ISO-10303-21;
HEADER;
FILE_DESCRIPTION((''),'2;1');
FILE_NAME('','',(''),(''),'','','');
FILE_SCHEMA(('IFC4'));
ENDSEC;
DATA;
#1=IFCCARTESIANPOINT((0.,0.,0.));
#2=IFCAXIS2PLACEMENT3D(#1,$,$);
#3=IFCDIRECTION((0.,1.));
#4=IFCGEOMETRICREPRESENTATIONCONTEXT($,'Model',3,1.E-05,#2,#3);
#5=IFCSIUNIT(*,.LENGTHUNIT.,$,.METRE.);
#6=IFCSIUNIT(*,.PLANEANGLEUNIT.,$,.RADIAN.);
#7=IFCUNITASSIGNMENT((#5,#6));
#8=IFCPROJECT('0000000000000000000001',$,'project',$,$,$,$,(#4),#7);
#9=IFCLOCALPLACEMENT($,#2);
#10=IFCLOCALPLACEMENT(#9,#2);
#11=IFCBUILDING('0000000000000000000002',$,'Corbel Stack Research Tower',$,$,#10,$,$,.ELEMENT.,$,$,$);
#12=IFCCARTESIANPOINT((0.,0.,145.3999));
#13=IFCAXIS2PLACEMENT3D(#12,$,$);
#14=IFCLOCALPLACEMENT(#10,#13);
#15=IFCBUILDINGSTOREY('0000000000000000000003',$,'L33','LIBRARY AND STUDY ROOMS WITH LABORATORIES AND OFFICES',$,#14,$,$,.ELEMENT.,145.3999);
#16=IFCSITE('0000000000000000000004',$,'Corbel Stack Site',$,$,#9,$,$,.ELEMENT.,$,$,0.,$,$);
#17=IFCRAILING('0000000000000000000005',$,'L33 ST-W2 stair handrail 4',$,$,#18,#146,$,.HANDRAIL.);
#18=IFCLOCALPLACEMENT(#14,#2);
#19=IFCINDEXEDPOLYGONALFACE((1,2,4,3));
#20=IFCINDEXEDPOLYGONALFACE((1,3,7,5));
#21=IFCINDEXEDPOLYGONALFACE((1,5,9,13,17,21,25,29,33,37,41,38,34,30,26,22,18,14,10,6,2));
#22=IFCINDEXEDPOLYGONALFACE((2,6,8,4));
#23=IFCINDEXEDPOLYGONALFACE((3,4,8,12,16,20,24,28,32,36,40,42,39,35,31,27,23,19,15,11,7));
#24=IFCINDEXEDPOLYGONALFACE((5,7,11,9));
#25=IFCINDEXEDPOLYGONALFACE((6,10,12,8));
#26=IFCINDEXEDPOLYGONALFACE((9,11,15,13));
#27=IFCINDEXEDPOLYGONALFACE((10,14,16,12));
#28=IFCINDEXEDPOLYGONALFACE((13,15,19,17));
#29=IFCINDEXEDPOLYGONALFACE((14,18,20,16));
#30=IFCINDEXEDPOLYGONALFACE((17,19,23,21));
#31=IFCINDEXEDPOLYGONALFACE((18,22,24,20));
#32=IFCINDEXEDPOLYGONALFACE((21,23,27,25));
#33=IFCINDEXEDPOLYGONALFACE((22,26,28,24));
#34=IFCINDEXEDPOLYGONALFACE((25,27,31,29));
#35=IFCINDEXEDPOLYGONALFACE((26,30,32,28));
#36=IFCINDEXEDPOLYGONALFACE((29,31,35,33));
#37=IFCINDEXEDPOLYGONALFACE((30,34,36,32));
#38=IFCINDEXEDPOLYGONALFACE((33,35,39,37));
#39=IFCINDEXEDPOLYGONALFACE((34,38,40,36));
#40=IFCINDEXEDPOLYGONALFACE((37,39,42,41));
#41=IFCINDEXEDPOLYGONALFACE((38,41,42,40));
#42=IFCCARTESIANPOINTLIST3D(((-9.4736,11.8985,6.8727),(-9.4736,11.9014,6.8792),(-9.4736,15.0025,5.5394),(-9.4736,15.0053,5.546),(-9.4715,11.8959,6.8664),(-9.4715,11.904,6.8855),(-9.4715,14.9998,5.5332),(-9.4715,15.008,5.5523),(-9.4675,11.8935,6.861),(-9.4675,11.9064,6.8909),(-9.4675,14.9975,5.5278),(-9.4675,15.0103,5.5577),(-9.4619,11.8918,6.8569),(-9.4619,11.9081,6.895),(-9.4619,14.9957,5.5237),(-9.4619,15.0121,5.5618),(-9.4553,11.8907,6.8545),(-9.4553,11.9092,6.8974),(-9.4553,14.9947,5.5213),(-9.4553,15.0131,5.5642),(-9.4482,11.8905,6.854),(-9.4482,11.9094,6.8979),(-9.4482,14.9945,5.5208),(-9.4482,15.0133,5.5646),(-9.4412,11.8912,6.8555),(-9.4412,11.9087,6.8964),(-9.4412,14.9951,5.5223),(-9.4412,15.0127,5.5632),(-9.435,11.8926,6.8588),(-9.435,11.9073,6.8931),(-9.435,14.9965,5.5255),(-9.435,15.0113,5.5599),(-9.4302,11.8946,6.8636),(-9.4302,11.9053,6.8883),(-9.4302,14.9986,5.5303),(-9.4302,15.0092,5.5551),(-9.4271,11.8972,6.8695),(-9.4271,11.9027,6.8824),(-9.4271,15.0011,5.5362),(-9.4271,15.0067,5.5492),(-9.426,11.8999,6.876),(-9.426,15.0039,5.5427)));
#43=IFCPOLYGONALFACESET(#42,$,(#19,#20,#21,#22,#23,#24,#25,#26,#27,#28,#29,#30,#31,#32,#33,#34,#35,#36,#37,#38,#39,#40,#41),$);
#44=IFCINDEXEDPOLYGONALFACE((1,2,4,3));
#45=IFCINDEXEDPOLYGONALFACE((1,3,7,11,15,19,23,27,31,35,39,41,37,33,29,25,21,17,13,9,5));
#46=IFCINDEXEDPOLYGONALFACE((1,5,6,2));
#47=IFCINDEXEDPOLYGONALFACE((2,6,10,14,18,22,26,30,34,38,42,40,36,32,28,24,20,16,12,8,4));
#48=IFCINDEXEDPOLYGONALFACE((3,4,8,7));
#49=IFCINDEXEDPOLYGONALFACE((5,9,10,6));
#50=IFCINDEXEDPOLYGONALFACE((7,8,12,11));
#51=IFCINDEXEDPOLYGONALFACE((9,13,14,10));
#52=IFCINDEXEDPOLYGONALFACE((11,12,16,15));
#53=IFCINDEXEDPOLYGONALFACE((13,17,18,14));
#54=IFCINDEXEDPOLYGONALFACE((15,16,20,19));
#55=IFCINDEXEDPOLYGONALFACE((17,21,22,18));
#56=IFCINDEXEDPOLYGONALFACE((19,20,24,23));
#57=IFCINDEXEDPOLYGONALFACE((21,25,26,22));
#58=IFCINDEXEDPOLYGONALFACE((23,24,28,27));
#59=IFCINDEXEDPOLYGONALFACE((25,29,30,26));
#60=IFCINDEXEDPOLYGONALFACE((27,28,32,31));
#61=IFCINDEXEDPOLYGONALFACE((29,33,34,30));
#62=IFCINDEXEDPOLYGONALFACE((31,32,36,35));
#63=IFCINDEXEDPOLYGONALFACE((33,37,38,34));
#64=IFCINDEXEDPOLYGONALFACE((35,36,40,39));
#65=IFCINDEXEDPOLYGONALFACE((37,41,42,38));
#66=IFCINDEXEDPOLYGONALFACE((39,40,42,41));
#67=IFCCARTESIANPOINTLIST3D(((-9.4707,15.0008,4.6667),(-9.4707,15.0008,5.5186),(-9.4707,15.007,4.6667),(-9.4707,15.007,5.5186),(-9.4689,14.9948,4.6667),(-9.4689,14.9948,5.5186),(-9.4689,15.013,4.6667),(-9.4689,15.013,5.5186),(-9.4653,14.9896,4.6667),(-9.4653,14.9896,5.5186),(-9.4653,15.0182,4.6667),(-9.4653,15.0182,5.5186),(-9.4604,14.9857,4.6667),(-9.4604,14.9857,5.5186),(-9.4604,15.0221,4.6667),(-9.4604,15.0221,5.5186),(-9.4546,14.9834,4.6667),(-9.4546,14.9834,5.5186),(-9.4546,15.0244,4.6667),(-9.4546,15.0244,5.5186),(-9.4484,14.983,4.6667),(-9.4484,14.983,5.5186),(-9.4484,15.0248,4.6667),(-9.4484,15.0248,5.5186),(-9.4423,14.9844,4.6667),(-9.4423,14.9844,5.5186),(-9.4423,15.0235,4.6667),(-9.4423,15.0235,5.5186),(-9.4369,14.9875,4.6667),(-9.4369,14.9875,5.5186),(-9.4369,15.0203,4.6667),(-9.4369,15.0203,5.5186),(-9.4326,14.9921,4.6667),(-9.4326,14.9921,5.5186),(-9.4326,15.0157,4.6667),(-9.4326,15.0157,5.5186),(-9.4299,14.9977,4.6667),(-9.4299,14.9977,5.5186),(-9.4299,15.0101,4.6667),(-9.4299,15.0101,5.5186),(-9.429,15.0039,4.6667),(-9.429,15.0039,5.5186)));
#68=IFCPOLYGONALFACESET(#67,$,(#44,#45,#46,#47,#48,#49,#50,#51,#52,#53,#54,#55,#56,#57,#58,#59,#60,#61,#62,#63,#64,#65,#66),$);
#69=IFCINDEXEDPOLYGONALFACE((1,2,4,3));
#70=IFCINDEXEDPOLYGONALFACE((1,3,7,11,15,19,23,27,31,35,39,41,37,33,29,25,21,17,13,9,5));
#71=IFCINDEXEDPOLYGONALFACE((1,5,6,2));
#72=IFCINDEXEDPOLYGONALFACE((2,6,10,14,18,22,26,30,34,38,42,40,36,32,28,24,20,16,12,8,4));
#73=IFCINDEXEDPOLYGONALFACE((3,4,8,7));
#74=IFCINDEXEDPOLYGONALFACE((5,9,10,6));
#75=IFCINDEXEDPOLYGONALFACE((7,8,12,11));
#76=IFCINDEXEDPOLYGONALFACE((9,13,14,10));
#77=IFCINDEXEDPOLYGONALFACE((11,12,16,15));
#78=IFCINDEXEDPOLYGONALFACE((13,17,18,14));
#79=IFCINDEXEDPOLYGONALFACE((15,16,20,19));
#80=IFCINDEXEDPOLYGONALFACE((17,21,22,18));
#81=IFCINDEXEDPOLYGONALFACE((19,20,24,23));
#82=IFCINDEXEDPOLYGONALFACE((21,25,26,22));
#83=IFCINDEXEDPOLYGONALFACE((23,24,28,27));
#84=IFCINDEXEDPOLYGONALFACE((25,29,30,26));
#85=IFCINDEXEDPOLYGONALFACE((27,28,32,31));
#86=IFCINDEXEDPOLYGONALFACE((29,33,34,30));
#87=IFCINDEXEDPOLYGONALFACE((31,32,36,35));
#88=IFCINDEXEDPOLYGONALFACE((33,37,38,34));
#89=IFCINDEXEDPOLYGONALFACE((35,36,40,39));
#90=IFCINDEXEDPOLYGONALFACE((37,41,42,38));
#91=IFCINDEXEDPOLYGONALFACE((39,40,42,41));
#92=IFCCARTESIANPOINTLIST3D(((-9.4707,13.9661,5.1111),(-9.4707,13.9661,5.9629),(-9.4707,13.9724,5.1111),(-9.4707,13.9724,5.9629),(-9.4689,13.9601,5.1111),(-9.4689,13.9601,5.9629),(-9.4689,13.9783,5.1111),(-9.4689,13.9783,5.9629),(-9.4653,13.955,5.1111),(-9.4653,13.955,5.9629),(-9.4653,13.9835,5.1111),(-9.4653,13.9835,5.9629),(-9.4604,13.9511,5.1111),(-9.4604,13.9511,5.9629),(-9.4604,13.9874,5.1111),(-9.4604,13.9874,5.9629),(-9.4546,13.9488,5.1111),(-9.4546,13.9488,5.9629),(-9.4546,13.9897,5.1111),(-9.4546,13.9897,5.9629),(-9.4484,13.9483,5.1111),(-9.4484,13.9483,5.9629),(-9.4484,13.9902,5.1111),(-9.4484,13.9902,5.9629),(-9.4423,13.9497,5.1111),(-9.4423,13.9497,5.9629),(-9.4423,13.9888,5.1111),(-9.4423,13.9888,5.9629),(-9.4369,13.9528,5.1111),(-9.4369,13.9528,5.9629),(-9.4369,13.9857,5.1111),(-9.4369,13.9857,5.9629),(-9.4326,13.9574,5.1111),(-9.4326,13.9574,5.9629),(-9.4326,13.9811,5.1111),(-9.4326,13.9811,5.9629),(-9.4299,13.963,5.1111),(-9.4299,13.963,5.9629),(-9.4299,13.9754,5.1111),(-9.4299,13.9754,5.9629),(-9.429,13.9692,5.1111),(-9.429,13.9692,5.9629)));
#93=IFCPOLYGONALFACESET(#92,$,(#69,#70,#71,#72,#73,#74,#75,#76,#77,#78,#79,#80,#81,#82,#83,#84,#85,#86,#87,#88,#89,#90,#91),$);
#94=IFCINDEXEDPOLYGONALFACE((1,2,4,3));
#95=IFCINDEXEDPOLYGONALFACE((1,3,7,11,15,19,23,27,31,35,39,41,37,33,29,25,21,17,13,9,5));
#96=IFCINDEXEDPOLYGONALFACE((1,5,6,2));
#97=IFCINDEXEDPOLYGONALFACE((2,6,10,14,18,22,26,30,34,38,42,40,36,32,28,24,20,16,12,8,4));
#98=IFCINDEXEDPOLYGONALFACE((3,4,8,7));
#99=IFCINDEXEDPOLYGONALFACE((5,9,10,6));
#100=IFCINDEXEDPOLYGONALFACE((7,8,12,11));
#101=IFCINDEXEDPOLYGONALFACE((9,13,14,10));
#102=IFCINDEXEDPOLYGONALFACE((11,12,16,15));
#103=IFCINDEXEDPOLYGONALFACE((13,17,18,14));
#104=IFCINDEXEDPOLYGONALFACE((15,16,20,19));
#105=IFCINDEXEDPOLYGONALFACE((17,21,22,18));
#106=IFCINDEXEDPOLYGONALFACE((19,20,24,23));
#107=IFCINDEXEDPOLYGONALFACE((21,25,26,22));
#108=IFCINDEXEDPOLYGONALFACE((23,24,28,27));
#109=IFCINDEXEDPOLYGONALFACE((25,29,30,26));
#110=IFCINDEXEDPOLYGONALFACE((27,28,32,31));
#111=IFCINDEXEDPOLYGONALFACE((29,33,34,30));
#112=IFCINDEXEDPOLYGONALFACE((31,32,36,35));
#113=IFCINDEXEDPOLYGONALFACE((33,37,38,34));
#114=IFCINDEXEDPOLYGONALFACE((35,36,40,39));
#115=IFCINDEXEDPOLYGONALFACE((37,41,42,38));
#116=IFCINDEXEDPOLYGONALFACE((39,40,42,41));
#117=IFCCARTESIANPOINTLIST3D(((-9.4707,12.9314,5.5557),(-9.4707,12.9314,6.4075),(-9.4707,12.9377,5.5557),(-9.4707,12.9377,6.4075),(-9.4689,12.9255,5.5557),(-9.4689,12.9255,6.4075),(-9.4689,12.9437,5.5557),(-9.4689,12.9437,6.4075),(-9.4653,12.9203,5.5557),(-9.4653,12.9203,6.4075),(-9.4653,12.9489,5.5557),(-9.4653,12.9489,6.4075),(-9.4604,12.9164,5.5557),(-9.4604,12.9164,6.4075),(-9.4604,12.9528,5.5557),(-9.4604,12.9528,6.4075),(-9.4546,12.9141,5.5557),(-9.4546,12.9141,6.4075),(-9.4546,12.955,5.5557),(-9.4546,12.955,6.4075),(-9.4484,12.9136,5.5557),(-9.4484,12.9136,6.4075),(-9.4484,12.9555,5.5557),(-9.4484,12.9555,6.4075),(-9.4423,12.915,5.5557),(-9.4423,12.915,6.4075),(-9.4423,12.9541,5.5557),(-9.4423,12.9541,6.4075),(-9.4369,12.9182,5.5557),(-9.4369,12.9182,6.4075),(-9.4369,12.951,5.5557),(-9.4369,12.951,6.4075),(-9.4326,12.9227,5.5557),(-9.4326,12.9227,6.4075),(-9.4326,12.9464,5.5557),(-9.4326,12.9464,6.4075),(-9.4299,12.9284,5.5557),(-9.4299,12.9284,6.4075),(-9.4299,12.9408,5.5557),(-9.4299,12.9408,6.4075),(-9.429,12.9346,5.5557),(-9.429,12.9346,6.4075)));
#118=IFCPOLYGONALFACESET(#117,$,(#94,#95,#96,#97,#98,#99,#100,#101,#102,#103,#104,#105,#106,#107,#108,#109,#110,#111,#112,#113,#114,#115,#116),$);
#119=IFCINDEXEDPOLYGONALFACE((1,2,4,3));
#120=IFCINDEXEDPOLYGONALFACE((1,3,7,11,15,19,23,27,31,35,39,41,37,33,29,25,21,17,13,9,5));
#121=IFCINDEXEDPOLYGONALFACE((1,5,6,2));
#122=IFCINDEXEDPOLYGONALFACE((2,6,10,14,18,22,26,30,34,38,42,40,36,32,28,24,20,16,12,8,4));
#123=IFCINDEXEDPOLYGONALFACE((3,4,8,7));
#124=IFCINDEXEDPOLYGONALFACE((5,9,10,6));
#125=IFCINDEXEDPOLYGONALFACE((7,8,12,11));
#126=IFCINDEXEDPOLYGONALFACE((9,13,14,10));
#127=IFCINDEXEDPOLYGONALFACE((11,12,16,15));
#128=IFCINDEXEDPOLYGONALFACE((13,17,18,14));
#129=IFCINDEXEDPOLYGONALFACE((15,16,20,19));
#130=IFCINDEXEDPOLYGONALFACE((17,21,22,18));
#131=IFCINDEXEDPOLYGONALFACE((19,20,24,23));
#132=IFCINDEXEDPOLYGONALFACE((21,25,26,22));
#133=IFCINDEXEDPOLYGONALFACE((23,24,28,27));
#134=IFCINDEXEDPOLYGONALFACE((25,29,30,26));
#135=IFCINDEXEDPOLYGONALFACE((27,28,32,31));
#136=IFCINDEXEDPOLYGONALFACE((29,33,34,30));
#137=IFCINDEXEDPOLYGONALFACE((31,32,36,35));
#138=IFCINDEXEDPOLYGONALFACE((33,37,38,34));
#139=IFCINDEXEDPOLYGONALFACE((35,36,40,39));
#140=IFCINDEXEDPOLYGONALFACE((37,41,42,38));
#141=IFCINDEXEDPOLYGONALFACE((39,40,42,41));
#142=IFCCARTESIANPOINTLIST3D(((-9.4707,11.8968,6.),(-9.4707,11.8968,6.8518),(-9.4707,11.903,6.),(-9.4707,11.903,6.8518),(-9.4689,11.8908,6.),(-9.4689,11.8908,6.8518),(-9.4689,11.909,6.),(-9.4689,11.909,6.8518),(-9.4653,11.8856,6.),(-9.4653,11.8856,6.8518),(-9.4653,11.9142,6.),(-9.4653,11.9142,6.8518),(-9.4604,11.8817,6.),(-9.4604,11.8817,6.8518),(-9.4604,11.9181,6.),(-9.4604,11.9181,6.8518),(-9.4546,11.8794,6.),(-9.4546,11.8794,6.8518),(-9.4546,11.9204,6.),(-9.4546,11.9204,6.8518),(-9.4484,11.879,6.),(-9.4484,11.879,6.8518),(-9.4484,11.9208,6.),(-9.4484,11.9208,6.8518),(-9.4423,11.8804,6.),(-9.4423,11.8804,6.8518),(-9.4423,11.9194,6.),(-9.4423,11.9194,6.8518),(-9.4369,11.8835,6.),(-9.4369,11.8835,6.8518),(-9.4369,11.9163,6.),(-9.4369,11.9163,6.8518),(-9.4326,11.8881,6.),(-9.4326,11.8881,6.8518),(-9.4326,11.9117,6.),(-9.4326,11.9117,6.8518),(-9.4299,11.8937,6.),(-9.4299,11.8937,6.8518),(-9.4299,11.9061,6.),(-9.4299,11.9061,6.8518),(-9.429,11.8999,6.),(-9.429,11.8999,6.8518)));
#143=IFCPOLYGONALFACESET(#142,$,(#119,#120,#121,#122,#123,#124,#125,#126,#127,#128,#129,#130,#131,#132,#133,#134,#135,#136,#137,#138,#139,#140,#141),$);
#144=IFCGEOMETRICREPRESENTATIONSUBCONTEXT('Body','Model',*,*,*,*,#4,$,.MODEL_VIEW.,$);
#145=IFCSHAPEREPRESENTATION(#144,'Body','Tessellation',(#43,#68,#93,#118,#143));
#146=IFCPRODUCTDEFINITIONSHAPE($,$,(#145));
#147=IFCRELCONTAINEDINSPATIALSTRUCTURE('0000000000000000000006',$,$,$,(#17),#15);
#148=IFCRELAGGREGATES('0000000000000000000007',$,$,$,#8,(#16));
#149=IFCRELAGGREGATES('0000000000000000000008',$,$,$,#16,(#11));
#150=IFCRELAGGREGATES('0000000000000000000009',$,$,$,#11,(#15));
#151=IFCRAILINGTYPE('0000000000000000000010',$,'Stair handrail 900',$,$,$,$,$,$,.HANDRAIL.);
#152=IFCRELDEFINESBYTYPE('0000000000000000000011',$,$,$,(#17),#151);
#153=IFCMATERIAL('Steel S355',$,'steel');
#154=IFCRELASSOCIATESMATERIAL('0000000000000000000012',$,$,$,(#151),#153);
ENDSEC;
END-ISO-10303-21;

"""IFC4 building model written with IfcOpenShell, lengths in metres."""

from ifc_helpers import new_model, si_unit, direction, frame, origin, origin_2d, place, context, subcontext, project, spatial, circle, extrude, material, type_object, element, save


model = new_model("IFC4")

# Units and contexts
model_context = context("Model", 3, precision=1e-05, world=origin(), true_north=direction((0.0, 1.0)))
body_context = subcontext(model_context, "Body", "Model", "MODEL_VIEW")
ifc_project = project(units=[si_unit("LENGTHUNIT", "METRE"), si_unit("PLANEANGLEUNIT", "RADIAN")], contexts=[model_context])

# Site, building, storey
site_placement = place(None, origin())
site = spatial("IfcSite", under=ifc_project, at=site_placement, Name="Corbel Stack Site", CompositionType="ELEMENT", RefElevation=0.0)
building_placement = place(site_placement, origin())
building = spatial("IfcBuilding", under=site, at=building_placement, Name="Corbel Stack Research Tower", CompositionType="ELEMENT")
storey_placement = place(building_placement, frame((0.0, 0.0, 145.3999)))
storey = spatial("IfcBuildingStorey", under=building, at=storey_placement, Name="L33", Description="LIBRARY AND STUDY ROOMS WITH LABORATORIES AND OFFICES", CompositionType="ELEMENT", Elevation=145.3999)

# Railing
ifc_material_1 = material(Name="Steel S355", Category="steel")
railing_type_1 = type_object("IfcRailingType", Name="Stair handrail 900", PredefinedType="HANDRAIL", material=ifc_material_1)
for number, where, name in (
    (1, (-9.45, 15.0039, 4.6667), "L33 ST-W2 stair handrail 4"),
):
    element("IfcRailing", number, at=place(storey_placement, frame(where)), inside=storey, type_object=railing_type_1, Name=name, PredefinedType="HANDRAIL", context=body_context, shape_type="SweptSolid", body=[
        extrude(circle(Radius=0.0239, at=origin_2d()), frame((0.0, 0.0, 0.876), z_axis=(0.0, -0.918827, 0.394661), x_axis=(1.0, 0.0, 0.0)), (0.0, 0.0, 1.0), 3.3782),
        extrude(circle(Radius=0.021, at=origin_2d()), origin(), (0.0, 0.0, 1.0), 0.8518),
        extrude(circle(Radius=0.021, at=origin_2d()), frame((0.0, -1.0347, 0.4443)), (0.0, 0.0, 1.0), 0.8518),
        extrude(circle(Radius=0.021, at=origin_2d()), frame((0.0, -2.0693, 0.8889)), (0.0, 0.0, 1.0), 0.8518),
        extrude(circle(Radius=0.021, at=origin_2d()), frame((0.0, -3.104, 1.3333)), (0.0, 0.0, 1.0), 0.8518),
    ])

save(model, "model.ifc")
